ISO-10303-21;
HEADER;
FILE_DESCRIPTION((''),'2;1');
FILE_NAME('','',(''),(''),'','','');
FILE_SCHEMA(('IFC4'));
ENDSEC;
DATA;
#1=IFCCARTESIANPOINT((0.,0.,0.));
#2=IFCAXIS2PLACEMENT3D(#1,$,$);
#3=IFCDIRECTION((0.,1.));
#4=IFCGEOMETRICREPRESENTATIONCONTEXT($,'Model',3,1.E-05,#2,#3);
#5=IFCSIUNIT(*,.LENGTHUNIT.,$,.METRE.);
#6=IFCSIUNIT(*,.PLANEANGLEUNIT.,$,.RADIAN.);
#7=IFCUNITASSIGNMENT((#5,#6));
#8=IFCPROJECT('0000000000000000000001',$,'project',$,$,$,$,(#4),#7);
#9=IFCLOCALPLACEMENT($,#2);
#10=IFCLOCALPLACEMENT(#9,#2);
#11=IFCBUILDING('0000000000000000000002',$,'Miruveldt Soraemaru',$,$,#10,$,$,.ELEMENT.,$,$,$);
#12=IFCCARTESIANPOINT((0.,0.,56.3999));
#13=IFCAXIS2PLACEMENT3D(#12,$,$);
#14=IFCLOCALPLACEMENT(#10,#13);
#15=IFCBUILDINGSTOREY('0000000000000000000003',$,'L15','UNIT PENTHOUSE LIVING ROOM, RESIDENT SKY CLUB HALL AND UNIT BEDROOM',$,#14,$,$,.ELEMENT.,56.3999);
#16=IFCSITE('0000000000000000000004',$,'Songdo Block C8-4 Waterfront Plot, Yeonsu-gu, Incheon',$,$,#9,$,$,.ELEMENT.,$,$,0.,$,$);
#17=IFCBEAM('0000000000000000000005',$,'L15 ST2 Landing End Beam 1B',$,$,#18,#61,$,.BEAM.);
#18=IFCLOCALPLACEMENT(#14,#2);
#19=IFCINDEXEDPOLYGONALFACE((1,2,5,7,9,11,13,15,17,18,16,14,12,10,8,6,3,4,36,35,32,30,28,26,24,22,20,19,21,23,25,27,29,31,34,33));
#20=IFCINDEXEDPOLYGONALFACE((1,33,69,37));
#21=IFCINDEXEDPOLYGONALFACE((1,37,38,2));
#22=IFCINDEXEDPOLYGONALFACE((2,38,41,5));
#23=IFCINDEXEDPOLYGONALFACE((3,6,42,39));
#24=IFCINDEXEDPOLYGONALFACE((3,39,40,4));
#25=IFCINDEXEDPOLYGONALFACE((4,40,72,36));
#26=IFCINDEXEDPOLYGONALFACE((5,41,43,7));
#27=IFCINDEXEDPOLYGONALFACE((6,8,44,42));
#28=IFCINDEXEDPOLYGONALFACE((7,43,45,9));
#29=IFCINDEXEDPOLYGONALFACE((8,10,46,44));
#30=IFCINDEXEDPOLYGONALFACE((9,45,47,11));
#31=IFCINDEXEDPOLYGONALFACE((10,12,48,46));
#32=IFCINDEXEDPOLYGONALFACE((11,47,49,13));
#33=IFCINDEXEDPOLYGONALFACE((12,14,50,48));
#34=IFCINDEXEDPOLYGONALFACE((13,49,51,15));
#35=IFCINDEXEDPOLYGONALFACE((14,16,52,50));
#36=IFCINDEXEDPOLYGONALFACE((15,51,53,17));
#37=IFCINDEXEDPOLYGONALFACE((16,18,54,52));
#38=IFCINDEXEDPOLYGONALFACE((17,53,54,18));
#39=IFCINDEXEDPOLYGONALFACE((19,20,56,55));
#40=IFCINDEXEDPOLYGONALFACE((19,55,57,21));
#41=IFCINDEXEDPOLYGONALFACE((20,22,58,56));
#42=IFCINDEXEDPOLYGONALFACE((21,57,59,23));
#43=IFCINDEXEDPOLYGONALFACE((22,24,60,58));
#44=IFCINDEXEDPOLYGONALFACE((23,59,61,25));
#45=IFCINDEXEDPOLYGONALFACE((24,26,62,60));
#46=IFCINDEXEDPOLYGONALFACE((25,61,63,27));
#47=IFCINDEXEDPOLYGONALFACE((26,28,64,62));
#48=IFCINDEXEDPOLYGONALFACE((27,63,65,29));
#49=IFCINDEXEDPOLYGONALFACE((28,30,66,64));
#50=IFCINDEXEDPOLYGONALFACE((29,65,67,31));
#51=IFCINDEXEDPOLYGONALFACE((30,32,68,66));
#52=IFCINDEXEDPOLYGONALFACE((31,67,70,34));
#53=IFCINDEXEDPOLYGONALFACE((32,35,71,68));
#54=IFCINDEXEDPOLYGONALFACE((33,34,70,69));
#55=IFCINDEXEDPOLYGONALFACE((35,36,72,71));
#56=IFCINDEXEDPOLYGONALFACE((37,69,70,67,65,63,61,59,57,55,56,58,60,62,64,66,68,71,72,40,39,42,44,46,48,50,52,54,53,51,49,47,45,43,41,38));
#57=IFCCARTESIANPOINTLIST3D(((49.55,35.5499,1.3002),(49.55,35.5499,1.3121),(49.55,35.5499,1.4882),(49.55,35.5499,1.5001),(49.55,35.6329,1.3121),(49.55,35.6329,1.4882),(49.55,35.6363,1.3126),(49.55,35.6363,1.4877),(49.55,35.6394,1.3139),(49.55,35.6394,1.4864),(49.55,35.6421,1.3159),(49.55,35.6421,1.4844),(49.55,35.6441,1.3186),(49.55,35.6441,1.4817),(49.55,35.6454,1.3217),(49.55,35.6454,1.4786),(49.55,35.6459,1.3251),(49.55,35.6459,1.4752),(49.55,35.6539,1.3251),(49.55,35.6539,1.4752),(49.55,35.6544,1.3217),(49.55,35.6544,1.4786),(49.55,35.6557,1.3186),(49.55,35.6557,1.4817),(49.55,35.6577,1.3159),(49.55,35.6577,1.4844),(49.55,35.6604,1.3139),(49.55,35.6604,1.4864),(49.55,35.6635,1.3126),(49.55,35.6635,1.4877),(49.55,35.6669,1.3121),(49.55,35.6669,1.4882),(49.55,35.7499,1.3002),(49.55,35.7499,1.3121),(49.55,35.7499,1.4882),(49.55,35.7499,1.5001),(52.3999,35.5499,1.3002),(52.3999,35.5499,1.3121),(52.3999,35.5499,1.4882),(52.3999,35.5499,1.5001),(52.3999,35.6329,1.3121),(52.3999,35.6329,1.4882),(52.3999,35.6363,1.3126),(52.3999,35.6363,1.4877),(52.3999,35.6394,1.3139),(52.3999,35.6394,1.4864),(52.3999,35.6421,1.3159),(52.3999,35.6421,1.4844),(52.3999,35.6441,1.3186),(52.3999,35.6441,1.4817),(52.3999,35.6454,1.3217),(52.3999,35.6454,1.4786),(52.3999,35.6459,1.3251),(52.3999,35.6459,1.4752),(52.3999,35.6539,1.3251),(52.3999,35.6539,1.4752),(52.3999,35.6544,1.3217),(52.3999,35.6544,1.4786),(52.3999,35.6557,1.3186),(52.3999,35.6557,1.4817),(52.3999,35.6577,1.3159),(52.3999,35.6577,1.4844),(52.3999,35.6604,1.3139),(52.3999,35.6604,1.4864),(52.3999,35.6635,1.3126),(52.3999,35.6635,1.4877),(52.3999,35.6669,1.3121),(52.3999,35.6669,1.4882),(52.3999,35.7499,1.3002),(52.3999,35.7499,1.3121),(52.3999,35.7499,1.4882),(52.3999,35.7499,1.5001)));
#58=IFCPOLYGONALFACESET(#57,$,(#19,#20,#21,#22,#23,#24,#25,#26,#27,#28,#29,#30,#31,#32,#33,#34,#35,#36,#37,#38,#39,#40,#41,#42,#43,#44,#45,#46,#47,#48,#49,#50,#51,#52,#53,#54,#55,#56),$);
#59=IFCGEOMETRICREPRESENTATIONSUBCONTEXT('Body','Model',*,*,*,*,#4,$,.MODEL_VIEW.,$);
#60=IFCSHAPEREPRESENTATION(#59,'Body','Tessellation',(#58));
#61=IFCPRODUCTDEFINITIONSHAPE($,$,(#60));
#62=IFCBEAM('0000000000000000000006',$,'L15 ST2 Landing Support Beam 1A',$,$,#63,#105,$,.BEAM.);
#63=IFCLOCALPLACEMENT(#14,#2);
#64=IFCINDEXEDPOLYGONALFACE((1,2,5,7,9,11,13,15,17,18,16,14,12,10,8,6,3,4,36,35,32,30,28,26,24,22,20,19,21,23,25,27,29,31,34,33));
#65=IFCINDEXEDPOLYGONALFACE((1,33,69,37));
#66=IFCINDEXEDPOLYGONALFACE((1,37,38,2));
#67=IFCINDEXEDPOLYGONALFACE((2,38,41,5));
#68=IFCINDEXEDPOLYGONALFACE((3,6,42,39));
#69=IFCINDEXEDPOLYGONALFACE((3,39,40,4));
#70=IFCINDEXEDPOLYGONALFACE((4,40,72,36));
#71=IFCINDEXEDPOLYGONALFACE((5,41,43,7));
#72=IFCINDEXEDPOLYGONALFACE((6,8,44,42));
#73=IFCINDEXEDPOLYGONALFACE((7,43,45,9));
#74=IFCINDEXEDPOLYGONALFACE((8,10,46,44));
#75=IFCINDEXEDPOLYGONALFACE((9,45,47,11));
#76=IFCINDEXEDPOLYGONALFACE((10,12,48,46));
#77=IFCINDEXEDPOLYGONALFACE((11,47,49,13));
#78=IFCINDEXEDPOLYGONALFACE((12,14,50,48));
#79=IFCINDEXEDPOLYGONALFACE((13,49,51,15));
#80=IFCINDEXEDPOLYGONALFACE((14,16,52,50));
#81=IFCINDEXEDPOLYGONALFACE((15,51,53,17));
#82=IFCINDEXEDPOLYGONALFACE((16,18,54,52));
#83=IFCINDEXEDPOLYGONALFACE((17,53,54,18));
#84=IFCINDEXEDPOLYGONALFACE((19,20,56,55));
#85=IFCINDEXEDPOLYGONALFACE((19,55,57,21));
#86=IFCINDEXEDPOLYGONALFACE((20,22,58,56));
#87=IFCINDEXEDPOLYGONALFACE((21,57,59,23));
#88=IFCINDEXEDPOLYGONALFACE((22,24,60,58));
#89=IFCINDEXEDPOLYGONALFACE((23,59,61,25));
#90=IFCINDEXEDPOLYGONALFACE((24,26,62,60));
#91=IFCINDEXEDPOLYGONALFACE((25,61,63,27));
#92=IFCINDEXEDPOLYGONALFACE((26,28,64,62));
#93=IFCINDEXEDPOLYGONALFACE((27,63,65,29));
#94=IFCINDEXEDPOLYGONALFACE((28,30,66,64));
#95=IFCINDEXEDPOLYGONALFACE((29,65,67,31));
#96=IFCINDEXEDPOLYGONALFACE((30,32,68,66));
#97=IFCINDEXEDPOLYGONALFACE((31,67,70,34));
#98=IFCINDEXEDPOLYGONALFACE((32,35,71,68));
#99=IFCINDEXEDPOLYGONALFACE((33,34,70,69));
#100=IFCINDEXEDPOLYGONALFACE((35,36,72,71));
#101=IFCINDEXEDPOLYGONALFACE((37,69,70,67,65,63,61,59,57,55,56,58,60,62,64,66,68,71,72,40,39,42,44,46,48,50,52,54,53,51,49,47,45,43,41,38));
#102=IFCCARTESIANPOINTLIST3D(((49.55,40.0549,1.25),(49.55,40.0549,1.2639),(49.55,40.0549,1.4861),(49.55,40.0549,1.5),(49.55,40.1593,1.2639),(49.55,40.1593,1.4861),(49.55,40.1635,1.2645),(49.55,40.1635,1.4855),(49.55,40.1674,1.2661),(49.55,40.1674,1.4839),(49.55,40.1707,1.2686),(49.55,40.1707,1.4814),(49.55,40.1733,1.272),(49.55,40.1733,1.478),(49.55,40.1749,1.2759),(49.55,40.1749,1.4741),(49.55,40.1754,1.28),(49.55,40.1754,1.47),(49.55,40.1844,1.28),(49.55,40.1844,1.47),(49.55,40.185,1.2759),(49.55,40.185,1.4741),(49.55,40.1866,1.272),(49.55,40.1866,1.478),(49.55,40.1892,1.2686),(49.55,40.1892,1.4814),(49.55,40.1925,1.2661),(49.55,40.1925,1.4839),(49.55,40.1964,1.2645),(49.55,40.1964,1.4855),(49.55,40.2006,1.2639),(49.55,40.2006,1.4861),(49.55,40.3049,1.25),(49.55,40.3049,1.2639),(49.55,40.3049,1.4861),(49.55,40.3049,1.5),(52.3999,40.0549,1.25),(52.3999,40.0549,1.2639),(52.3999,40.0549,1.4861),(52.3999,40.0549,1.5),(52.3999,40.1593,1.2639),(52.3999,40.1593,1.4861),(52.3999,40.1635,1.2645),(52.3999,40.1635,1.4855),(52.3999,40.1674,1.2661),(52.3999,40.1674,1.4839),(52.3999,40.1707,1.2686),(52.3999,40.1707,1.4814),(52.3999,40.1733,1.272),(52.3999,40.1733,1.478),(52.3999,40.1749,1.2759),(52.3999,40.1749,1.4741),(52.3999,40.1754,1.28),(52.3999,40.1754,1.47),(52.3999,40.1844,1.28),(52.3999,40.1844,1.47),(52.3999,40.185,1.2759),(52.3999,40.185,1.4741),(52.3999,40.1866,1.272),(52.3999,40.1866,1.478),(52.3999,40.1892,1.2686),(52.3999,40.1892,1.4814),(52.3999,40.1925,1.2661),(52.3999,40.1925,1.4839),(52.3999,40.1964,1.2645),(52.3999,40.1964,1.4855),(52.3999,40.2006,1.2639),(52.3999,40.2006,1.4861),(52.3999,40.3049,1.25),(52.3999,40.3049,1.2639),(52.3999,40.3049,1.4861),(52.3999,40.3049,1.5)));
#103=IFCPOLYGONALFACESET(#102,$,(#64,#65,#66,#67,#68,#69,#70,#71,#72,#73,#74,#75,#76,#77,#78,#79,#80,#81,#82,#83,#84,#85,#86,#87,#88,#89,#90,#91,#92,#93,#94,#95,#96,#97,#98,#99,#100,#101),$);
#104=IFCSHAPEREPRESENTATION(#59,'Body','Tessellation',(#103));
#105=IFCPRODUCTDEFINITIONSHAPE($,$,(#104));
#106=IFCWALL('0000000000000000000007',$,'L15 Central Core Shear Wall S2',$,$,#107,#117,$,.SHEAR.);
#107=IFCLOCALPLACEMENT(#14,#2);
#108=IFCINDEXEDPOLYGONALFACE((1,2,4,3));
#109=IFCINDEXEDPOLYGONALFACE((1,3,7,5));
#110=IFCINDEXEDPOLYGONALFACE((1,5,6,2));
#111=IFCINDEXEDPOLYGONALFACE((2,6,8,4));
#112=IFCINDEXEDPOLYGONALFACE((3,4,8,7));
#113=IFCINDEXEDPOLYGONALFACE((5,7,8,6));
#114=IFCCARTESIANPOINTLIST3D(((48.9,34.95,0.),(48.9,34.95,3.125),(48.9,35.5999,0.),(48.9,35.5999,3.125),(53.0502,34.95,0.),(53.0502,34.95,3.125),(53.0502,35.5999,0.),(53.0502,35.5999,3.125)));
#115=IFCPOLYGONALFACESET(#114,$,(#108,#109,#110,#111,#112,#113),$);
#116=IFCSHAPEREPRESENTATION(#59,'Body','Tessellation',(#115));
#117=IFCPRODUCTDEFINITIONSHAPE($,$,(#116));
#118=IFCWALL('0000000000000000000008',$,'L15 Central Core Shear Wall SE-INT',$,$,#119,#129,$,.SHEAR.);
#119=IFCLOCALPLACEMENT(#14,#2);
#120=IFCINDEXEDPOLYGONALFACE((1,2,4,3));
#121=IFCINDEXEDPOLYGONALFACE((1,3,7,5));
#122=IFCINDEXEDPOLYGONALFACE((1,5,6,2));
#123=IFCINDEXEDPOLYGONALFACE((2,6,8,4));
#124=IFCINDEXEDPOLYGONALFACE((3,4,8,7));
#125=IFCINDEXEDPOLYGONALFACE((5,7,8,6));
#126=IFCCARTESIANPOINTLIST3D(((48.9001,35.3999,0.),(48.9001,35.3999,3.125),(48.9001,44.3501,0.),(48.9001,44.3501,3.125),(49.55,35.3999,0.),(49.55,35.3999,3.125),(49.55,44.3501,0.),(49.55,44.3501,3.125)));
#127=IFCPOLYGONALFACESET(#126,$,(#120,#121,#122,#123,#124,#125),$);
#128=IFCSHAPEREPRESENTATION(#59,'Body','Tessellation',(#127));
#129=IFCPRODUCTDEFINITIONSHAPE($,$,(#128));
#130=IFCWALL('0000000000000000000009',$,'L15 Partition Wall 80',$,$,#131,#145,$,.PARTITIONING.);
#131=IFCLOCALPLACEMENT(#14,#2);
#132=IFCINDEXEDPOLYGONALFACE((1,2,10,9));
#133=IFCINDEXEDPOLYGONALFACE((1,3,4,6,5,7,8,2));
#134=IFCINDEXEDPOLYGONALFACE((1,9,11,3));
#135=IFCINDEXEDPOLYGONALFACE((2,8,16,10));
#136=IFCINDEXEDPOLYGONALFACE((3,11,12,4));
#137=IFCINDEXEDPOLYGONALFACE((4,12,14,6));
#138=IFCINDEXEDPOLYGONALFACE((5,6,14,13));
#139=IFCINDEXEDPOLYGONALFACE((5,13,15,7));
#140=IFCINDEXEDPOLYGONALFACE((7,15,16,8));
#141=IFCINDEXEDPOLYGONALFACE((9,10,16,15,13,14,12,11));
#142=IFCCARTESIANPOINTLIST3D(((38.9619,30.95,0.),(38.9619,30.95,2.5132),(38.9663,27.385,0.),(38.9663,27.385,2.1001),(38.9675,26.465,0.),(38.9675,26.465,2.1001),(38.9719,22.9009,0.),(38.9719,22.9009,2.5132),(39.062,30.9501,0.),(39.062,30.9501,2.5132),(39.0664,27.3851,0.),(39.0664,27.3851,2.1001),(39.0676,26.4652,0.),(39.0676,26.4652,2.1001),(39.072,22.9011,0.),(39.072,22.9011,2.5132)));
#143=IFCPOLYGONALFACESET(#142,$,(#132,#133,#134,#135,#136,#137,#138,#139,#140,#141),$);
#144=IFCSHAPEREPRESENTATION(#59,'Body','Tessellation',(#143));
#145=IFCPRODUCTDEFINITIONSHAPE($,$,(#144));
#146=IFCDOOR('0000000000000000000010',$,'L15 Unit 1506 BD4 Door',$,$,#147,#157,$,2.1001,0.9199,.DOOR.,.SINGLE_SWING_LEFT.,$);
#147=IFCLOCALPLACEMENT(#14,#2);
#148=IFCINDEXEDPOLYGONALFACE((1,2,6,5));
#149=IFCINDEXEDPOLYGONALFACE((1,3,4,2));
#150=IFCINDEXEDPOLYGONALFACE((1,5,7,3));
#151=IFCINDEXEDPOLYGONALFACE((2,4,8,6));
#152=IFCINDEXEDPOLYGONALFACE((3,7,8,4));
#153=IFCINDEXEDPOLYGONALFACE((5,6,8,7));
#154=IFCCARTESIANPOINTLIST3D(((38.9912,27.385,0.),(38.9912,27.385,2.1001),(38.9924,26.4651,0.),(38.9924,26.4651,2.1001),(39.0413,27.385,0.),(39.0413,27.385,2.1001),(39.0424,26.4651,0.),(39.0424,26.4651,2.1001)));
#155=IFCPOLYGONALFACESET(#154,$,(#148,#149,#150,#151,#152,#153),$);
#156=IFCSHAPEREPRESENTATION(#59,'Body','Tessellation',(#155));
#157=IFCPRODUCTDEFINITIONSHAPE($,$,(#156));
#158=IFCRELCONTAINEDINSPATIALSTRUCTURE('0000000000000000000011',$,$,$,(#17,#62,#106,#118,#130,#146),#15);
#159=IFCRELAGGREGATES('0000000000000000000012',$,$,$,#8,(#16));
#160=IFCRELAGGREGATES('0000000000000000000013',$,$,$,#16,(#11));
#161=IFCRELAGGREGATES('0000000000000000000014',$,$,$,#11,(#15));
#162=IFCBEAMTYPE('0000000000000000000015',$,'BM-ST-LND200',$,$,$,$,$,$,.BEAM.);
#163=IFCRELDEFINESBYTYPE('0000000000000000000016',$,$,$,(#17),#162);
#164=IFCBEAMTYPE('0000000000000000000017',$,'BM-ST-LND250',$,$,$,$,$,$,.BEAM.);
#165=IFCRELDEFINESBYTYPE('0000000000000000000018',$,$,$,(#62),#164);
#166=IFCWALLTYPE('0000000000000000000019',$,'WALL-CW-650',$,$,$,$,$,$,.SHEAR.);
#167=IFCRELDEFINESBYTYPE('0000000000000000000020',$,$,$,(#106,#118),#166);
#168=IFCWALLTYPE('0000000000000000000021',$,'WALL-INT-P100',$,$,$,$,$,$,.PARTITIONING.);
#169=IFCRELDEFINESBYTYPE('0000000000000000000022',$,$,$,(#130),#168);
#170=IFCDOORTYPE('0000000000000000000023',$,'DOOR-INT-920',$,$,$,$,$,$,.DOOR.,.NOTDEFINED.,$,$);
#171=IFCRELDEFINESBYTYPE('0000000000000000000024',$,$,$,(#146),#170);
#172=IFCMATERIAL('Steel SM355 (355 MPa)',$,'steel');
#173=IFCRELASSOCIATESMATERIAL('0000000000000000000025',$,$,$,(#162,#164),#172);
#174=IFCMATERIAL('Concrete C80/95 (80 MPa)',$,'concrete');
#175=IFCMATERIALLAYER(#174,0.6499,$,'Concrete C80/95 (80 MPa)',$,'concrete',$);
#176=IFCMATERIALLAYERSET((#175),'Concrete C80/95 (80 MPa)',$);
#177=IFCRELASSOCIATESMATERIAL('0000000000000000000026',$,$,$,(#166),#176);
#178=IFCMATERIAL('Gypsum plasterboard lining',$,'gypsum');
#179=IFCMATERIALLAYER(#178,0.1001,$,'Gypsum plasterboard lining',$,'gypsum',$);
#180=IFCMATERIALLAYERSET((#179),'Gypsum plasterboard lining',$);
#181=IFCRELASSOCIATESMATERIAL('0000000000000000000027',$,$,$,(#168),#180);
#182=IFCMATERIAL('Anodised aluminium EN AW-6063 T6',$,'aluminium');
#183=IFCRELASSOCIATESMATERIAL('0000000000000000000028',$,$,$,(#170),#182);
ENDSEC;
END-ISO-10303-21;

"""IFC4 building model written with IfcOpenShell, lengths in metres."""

from ifc_helpers import new_model, si_unit, direction, frame, frame_2d, origin, origin_2d, place, context, subcontext, project, spatial, rectangle, i_section, extrude, material, layer, layer_set, material_profile, profile_set, type_object, element, fill, save


model = new_model("IFC4")

# Units and contexts
model_context = context("Model", 3, precision=1e-05, world=origin(), true_north=direction((0.0, 1.0)))
body_context = subcontext(model_context, "Body", "Model", "MODEL_VIEW")
ifc_project = project(units=[si_unit("LENGTHUNIT", "METRE"), si_unit("PLANEANGLEUNIT", "RADIAN")], contexts=[model_context])

# Site, building, storey
site_placement = place(None, origin())
site = spatial("IfcSite", under=ifc_project, at=site_placement, Name="Songdo Block C8-4 Waterfront Plot, Yeonsu-gu, Incheon", CompositionType="ELEMENT", RefElevation=0.0)
building_placement = place(site_placement, origin())
building = spatial("IfcBuilding", under=site, at=building_placement, Name="Miruveldt Soraemaru", CompositionType="ELEMENT")
storey_placement = place(building_placement, frame((0.0, 0.0, 56.3999)))
storey = spatial("IfcBuildingStorey", under=building, at=storey_placement, Name="L15", Description="UNIT PENTHOUSE LIVING ROOM, RESIDENT SKY CLUB HALL AND UNIT BEDROOM", CompositionType="ELEMENT", Elevation=56.3999)

# Beams
ifc_material_1 = material(Name="Steel SM355 (355 MPa)", Category="steel")
ifc_material_profile_1 = material_profile(ifc_material_1, i_section(OverallWidth=0.2, OverallDepth=0.2, WebThickness=0.0081, FlangeThickness=0.012, FilletRadius=0.0129, at=origin_2d()), Name="Steel SM355 (355 MPa)", Category="steel")
ifc_profile_set_1 = profile_set([ifc_material_profile_1], Name="Steel SM355 (355 MPa)")
beam_type_1 = type_object("IfcBeamType", Name="BM-ST-LND200", PredefinedType="BEAM", material=ifc_profile_set_1)
beam_1_placement = place(storey_placement, frame((49.55, 35.6499, 1.4001), z_axis=(1.0, 0.0, 0.0), x_axis=(0.0, 1.0, 0.0)))
element("IfcBeam", 1, at=beam_1_placement, inside=storey, type_object=beam_type_1, Name="L15 ST2 Landing End Beam 1B", PredefinedType="BEAM", context=body_context, shape_type="SweptSolid", body=[
    extrude(i_section(OverallWidth=0.2, OverallDepth=0.2, WebThickness=0.0081, FlangeThickness=0.012, FilletRadius=0.0129, at=origin_2d()), origin(), (0.0, 0.0, 1.0), 2.8499),
])
ifc_material_profile_2 = material_profile(ifc_material_1, i_section(OverallWidth=0.25, OverallDepth=0.25, WebThickness=0.009, FlangeThickness=0.0139, FilletRadius=0.0161, at=origin_2d()), Name="Steel SM355 (355 MPa)", Category="steel")
ifc_profile_set_2 = profile_set([ifc_material_profile_2], Name="Steel SM355 (355 MPa)")
beam_type_2 = type_object("IfcBeamType", Name="BM-ST-LND250", PredefinedType="BEAM", material=ifc_profile_set_2)
beam_2_placement = place(storey_placement, frame((49.55, 40.1799, 1.375), z_axis=(1.0, 0.0, 0.0), x_axis=(0.0, 1.0, 0.0)))
element("IfcBeam", 2, at=beam_2_placement, inside=storey, type_object=beam_type_2, Name="L15 ST2 Landing Support Beam 1A", PredefinedType="BEAM", context=body_context, shape_type="SweptSolid", body=[
    extrude(i_section(OverallWidth=0.25, OverallDepth=0.25, WebThickness=0.009, FlangeThickness=0.0139, FilletRadius=0.0161, at=origin_2d()), origin(), (0.0, 0.0, 1.0), 2.8499),
])

# Walls
ifc_material_2 = material(Name="Concrete C80/95 (80 MPa)", Category="concrete")
ifc_layer_1 = layer(ifc_material_2, 0.6499, Name="Concrete C80/95 (80 MPa)", Category="concrete")
ifc_layer_set_1 = layer_set([ifc_layer_1], Name="Concrete C80/95 (80 MPa)")
wall_type_1 = type_object("IfcWallType", Name="WALL-CW-650", PredefinedType="SHEAR", material=ifc_layer_set_1)
wall_1_placement = place(storey_placement, frame((48.8999, 35.2749, 0.0), z_axis=(0.0, 0.0, 1.0), x_axis=(1.0, 0.0, 0.0)))
element("IfcWall", 3, at=wall_1_placement, inside=storey, type_object=wall_type_1, Name="L15 Central Core Shear Wall S2", PredefinedType="SHEAR", context=body_context, shape_type="SweptSolid", body=[
    extrude(rectangle(XDim=4.1501, YDim=0.6499, at=frame_2d((2.0752, 0.0))), origin(), (0.0, 0.0, 1.0), 3.125),
])
wall_2_placement = place(storey_placement, frame((49.2251, 35.3999, 0.0), z_axis=(0.0, 0.0, 1.0), x_axis=(0.0, 1.0, 0.0)))
element("IfcWall", 4, at=wall_2_placement, inside=storey, type_object=wall_type_1, Name="L15 Central Core Shear Wall SE-INT", PredefinedType="SHEAR", context=body_context, shape_type="SweptSolid", body=[
    extrude(rectangle(XDim=8.9502, YDim=0.6499, at=frame_2d((4.4751, 0.0))), origin(), (0.0, 0.0, 1.0), 3.125),
])

# Wall, opening, door
ifc_material_3 = material(Name="Gypsum plasterboard lining", Category="gypsum")
ifc_layer_2 = layer(ifc_material_3, 0.1001, Name="Gypsum plasterboard lining", Category="gypsum")
ifc_layer_set_2 = layer_set([ifc_layer_2], Name="Gypsum plasterboard lining")
wall_type_2 = type_object("IfcWallType", Name="WALL-INT-P100", PredefinedType="PARTITIONING", material=ifc_layer_set_2)
wall_3_placement = place(storey_placement, frame((39.012, 30.95, 0.0), z_axis=(0.0, 0.0, 1.0), x_axis=(0.001244, -0.999999, 0.0)))
wall_3 = element("IfcWall", 5, at=wall_3_placement, inside=storey, type_object=wall_type_2, Name="L15 Partition Wall 80", PredefinedType="PARTITIONING", context=body_context, shape_type="SweptSolid", body=[
    extrude(rectangle(XDim=8.0491, YDim=0.1001, at=frame_2d((4.0244, 0.0))), origin(), (0.0, 0.0, 1.0), 2.5132),
])
opening_1_placement = place(wall_3_placement, frame((3.5649, 0.0, 0.0)))
opening_1 = element("IfcOpeningElement", 6, at=opening_1_placement, cuts=wall_3, PredefinedType="OPENING", context=body_context, shape_type="SweptSolid", body=[
    extrude(rectangle(XDim=0.9199, YDim=2.1001, at=frame_2d((0.46, 1.05))), frame((0.0, 0.0601, 0.0), z_axis=(0.0, -1.0, 0.0), x_axis=(1.0, 0.0, 0.0)), (0.0, 0.0, 1.0), 0.1201),
])
ifc_material_4 = material(Name="Anodised aluminium EN AW-6063 T6", Category="aluminium")
door_type_1 = type_object("IfcDoorType", Name="DOOR-INT-920", OperationType="NOTDEFINED", PredefinedType="DOOR", material=ifc_material_4)
door_1_placement = place(opening_1_placement, origin())
door_1 = element("IfcDoor", 7, at=door_1_placement, inside=storey, type_object=door_type_1, Name="L15 Unit 1506 BD4 Door", OperationType="SINGLE_SWING_LEFT", OverallHeight=2.1001, OverallWidth=0.9199, PredefinedType="DOOR", context=body_context, shape_type="SweptSolid", body=[
    extrude(rectangle(XDim=0.9199, YDim=2.1001, at=frame_2d((0.46, 1.05))), frame((0.0, 0.0249, 0.0), z_axis=(0.0, -1.0, 0.0), x_axis=(1.0, 0.0, 0.0)), (0.0, 0.0, 1.0), 0.05),
])
fill(opening_1, door_1)

save(model, "model.ifc")
